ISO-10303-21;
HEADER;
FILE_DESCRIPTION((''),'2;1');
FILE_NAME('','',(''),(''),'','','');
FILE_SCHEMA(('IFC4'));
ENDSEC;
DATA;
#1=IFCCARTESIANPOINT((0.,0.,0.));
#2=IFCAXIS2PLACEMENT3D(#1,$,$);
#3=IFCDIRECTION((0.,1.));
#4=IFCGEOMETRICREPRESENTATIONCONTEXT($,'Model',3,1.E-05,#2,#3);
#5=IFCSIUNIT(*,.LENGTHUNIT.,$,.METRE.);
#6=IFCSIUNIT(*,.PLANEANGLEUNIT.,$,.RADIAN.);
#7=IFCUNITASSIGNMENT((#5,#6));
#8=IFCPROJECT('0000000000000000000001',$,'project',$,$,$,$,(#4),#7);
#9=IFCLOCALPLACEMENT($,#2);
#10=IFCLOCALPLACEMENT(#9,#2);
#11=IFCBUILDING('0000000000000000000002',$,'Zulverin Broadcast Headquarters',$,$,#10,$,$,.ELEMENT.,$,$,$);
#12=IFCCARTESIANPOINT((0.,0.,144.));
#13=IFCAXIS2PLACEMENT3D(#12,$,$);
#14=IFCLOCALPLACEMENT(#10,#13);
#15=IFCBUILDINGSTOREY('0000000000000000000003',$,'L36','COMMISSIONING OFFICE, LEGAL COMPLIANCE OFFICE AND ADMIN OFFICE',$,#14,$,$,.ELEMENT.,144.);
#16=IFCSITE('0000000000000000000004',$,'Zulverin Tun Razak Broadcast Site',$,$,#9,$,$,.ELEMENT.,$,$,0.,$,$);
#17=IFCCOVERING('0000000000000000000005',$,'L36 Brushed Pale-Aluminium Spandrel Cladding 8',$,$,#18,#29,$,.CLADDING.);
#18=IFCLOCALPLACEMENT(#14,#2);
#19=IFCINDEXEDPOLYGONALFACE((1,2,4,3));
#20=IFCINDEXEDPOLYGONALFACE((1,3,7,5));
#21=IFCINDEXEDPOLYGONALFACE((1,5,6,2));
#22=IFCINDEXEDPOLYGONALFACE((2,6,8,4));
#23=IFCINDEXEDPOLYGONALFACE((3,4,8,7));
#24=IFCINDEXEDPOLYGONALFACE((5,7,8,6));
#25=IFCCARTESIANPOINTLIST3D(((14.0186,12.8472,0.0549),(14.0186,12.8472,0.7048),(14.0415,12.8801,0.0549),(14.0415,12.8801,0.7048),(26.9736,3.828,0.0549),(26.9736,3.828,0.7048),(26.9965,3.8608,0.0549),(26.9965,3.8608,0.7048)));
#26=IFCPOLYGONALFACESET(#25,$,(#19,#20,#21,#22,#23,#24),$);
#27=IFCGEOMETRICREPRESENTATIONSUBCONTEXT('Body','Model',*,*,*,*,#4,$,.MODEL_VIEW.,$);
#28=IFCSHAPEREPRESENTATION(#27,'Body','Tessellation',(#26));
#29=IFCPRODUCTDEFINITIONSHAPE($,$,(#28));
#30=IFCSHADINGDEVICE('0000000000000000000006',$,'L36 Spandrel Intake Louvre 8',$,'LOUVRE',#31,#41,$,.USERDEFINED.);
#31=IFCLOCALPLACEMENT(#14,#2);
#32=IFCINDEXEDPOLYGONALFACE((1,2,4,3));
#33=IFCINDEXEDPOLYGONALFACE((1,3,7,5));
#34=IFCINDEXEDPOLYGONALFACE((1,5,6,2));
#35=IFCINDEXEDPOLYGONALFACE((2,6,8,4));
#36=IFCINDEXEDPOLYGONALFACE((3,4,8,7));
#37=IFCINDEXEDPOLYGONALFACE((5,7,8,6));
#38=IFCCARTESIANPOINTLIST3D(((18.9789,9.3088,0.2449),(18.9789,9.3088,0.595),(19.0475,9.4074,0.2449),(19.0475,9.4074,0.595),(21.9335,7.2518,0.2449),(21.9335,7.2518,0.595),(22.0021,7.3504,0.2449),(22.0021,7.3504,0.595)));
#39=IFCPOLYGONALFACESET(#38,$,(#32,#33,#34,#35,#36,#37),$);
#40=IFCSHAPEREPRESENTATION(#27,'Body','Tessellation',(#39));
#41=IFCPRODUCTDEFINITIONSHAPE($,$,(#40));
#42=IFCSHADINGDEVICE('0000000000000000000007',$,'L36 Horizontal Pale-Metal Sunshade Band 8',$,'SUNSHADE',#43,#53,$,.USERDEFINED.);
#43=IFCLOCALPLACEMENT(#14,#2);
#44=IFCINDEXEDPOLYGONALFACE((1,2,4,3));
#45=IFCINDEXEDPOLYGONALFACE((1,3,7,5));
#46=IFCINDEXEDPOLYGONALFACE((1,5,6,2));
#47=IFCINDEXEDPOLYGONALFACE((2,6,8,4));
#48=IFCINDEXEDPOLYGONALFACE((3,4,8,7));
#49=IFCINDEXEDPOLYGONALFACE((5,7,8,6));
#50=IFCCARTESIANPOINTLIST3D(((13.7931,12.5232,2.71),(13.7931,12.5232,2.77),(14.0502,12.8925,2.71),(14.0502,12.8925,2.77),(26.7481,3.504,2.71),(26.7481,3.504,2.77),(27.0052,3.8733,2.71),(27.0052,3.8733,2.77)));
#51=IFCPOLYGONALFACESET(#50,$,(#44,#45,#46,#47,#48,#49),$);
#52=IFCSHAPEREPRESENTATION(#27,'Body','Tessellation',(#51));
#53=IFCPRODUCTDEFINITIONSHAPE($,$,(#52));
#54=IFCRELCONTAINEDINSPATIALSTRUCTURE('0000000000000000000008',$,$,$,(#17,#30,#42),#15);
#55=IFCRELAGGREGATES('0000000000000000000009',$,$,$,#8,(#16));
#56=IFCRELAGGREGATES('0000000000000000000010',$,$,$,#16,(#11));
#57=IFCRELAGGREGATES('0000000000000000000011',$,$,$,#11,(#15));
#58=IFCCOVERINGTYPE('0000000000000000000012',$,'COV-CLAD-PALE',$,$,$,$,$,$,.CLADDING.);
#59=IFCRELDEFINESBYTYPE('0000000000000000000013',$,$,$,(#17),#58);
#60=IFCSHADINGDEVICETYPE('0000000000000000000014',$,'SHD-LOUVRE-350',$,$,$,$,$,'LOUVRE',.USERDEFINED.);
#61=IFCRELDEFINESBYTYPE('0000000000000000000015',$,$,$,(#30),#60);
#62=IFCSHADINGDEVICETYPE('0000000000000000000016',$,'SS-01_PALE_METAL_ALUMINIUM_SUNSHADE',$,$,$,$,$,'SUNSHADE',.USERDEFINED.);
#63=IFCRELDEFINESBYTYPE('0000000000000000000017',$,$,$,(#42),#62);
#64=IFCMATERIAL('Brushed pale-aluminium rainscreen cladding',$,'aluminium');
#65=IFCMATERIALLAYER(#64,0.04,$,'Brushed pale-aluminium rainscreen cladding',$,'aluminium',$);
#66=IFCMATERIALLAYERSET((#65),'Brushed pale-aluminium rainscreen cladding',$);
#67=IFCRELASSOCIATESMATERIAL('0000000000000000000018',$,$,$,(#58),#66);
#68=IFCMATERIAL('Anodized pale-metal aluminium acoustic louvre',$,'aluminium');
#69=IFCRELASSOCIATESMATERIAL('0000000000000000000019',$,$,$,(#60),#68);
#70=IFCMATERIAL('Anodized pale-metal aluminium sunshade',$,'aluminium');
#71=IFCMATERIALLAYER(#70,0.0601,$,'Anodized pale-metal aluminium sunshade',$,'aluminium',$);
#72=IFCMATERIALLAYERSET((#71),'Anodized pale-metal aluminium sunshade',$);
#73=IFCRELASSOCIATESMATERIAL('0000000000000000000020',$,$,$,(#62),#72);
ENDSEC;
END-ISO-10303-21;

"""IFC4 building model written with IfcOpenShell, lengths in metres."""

from ifc_helpers import new_model, si_unit, direction, frame, origin, origin_2d, place, context, subcontext, project, spatial, rectangle, extrude, material, layer, layer_set, type_object, element, save


model = new_model("IFC4")

# Units and contexts
model_context = context("Model", 3, precision=1e-05, world=origin(), true_north=direction((0.0, 1.0)))
body_context = subcontext(model_context, "Body", "Model", "MODEL_VIEW")
ifc_project = project(units=[si_unit("LENGTHUNIT", "METRE"), si_unit("PLANEANGLEUNIT", "RADIAN")], contexts=[model_context])

# Site, building, storey
site_placement = place(None, origin())
site = spatial("IfcSite", under=ifc_project, at=site_placement, Name="Zulverin Tun Razak Broadcast Site", CompositionType="ELEMENT", RefElevation=0.0)
building_placement = place(site_placement, origin())
building = spatial("IfcBuilding", under=site, at=building_placement, Name="Zulverin Broadcast Headquarters", CompositionType="ELEMENT")
storey_placement = place(building_placement, frame((0.0, 0.0, 144.0)))
storey = spatial("IfcBuildingStorey", under=building, at=storey_placement, Name="L36", Description="COMMISSIONING OFFICE, LEGAL COMPLIANCE OFFICE AND ADMIN OFFICE", CompositionType="ELEMENT", Elevation=144.0)

# Covering
ifc_material_1 = material(Name="Brushed pale-aluminium rainscreen cladding", Category="aluminium")
ifc_layer_1 = layer(ifc_material_1, 0.04, Name="Brushed pale-aluminium rainscreen cladding", Category="aluminium")
ifc_layer_set_1 = layer_set([ifc_layer_1], Name="Brushed pale-aluminium rainscreen cladding")
covering_type = type_object("IfcCoveringType", Name="COV-CLAD-PALE", PredefinedType="CLADDING", material=ifc_layer_set_1)
covering_placement = place(storey_placement, frame((20.5076, 8.354, 0.0549), z_axis=(0.0, 0.0, 1.0), x_axis=(0.820696, -0.571365, 0.0)))
element("IfcCovering", 1, at=covering_placement, inside=storey, type_object=covering_type, Name="L36 Brushed Pale-Aluminium Spandrel Cladding 8", PredefinedType="CLADDING", context=body_context, shape_type="SweptSolid", body=[
    extrude(rectangle(XDim=15.7854, YDim=0.04, at=origin_2d()), origin(), (0.0, 0.0, 1.0), 0.6499),
])

# Shading devices
ifc_material_2 = material(Name="Anodized pale-metal aluminium acoustic louvre", Category="aluminium")
shading_device_type_1 = type_object("IfcShadingDeviceType", Name="SHD-LOUVRE-350", ElementType="LOUVRE", PredefinedType="USERDEFINED", material=ifc_material_2)
shading_device_1_placement = place(storey_placement, frame((20.4905, 8.3296, 0.2449), z_axis=(0.0, 0.0, 1.0), x_axis=(0.820696, -0.571365, 0.0)))
element("IfcShadingDevice", 2, at=shading_device_1_placement, inside=storey, type_object=shading_device_type_1, Name="L36 Spandrel Intake Louvre 8", ObjectType="LOUVRE", PredefinedType="USERDEFINED", context=body_context, shape_type="SweptSolid", body=[
    extrude(rectangle(XDim=3.6001, YDim=0.1201, at=origin_2d()), origin(), (0.0, 0.0, 1.0), 0.3501),
])
ifc_material_3 = material(Name="Anodized pale-metal aluminium sunshade", Category="aluminium")
ifc_layer_2 = layer(ifc_material_3, 0.0601, Name="Anodized pale-metal aluminium sunshade", Category="aluminium")
ifc_layer_set_2 = layer_set([ifc_layer_2], Name="Anodized pale-metal aluminium sunshade")
shading_device_type_2 = type_object("IfcShadingDeviceType", Name="SS-01_PALE_METAL_ALUMINIUM_SUNSHADE", ElementType="SUNSHADE", PredefinedType="USERDEFINED", material=ifc_layer_set_2)
shading_device_2_placement = place(storey_placement, frame((20.3992, 8.1982, 2.71), z_axis=(0.0, 0.0, 1.0), x_axis=(0.820696, -0.571365, 0.0)))
element("IfcShadingDevice", 3, at=shading_device_2_placement, inside=storey, type_object=shading_device_type_2, Name="L36 Horizontal Pale-Metal Sunshade Band 8", ObjectType="SUNSHADE", PredefinedType="USERDEFINED", context=body_context, shape_type="SweptSolid", body=[
    extrude(rectangle(XDim=15.7854, YDim=0.45, at=origin_2d()), origin(), (0.0, 0.0, 1.0), 0.0601),
])

save(model, "model.ifc")
